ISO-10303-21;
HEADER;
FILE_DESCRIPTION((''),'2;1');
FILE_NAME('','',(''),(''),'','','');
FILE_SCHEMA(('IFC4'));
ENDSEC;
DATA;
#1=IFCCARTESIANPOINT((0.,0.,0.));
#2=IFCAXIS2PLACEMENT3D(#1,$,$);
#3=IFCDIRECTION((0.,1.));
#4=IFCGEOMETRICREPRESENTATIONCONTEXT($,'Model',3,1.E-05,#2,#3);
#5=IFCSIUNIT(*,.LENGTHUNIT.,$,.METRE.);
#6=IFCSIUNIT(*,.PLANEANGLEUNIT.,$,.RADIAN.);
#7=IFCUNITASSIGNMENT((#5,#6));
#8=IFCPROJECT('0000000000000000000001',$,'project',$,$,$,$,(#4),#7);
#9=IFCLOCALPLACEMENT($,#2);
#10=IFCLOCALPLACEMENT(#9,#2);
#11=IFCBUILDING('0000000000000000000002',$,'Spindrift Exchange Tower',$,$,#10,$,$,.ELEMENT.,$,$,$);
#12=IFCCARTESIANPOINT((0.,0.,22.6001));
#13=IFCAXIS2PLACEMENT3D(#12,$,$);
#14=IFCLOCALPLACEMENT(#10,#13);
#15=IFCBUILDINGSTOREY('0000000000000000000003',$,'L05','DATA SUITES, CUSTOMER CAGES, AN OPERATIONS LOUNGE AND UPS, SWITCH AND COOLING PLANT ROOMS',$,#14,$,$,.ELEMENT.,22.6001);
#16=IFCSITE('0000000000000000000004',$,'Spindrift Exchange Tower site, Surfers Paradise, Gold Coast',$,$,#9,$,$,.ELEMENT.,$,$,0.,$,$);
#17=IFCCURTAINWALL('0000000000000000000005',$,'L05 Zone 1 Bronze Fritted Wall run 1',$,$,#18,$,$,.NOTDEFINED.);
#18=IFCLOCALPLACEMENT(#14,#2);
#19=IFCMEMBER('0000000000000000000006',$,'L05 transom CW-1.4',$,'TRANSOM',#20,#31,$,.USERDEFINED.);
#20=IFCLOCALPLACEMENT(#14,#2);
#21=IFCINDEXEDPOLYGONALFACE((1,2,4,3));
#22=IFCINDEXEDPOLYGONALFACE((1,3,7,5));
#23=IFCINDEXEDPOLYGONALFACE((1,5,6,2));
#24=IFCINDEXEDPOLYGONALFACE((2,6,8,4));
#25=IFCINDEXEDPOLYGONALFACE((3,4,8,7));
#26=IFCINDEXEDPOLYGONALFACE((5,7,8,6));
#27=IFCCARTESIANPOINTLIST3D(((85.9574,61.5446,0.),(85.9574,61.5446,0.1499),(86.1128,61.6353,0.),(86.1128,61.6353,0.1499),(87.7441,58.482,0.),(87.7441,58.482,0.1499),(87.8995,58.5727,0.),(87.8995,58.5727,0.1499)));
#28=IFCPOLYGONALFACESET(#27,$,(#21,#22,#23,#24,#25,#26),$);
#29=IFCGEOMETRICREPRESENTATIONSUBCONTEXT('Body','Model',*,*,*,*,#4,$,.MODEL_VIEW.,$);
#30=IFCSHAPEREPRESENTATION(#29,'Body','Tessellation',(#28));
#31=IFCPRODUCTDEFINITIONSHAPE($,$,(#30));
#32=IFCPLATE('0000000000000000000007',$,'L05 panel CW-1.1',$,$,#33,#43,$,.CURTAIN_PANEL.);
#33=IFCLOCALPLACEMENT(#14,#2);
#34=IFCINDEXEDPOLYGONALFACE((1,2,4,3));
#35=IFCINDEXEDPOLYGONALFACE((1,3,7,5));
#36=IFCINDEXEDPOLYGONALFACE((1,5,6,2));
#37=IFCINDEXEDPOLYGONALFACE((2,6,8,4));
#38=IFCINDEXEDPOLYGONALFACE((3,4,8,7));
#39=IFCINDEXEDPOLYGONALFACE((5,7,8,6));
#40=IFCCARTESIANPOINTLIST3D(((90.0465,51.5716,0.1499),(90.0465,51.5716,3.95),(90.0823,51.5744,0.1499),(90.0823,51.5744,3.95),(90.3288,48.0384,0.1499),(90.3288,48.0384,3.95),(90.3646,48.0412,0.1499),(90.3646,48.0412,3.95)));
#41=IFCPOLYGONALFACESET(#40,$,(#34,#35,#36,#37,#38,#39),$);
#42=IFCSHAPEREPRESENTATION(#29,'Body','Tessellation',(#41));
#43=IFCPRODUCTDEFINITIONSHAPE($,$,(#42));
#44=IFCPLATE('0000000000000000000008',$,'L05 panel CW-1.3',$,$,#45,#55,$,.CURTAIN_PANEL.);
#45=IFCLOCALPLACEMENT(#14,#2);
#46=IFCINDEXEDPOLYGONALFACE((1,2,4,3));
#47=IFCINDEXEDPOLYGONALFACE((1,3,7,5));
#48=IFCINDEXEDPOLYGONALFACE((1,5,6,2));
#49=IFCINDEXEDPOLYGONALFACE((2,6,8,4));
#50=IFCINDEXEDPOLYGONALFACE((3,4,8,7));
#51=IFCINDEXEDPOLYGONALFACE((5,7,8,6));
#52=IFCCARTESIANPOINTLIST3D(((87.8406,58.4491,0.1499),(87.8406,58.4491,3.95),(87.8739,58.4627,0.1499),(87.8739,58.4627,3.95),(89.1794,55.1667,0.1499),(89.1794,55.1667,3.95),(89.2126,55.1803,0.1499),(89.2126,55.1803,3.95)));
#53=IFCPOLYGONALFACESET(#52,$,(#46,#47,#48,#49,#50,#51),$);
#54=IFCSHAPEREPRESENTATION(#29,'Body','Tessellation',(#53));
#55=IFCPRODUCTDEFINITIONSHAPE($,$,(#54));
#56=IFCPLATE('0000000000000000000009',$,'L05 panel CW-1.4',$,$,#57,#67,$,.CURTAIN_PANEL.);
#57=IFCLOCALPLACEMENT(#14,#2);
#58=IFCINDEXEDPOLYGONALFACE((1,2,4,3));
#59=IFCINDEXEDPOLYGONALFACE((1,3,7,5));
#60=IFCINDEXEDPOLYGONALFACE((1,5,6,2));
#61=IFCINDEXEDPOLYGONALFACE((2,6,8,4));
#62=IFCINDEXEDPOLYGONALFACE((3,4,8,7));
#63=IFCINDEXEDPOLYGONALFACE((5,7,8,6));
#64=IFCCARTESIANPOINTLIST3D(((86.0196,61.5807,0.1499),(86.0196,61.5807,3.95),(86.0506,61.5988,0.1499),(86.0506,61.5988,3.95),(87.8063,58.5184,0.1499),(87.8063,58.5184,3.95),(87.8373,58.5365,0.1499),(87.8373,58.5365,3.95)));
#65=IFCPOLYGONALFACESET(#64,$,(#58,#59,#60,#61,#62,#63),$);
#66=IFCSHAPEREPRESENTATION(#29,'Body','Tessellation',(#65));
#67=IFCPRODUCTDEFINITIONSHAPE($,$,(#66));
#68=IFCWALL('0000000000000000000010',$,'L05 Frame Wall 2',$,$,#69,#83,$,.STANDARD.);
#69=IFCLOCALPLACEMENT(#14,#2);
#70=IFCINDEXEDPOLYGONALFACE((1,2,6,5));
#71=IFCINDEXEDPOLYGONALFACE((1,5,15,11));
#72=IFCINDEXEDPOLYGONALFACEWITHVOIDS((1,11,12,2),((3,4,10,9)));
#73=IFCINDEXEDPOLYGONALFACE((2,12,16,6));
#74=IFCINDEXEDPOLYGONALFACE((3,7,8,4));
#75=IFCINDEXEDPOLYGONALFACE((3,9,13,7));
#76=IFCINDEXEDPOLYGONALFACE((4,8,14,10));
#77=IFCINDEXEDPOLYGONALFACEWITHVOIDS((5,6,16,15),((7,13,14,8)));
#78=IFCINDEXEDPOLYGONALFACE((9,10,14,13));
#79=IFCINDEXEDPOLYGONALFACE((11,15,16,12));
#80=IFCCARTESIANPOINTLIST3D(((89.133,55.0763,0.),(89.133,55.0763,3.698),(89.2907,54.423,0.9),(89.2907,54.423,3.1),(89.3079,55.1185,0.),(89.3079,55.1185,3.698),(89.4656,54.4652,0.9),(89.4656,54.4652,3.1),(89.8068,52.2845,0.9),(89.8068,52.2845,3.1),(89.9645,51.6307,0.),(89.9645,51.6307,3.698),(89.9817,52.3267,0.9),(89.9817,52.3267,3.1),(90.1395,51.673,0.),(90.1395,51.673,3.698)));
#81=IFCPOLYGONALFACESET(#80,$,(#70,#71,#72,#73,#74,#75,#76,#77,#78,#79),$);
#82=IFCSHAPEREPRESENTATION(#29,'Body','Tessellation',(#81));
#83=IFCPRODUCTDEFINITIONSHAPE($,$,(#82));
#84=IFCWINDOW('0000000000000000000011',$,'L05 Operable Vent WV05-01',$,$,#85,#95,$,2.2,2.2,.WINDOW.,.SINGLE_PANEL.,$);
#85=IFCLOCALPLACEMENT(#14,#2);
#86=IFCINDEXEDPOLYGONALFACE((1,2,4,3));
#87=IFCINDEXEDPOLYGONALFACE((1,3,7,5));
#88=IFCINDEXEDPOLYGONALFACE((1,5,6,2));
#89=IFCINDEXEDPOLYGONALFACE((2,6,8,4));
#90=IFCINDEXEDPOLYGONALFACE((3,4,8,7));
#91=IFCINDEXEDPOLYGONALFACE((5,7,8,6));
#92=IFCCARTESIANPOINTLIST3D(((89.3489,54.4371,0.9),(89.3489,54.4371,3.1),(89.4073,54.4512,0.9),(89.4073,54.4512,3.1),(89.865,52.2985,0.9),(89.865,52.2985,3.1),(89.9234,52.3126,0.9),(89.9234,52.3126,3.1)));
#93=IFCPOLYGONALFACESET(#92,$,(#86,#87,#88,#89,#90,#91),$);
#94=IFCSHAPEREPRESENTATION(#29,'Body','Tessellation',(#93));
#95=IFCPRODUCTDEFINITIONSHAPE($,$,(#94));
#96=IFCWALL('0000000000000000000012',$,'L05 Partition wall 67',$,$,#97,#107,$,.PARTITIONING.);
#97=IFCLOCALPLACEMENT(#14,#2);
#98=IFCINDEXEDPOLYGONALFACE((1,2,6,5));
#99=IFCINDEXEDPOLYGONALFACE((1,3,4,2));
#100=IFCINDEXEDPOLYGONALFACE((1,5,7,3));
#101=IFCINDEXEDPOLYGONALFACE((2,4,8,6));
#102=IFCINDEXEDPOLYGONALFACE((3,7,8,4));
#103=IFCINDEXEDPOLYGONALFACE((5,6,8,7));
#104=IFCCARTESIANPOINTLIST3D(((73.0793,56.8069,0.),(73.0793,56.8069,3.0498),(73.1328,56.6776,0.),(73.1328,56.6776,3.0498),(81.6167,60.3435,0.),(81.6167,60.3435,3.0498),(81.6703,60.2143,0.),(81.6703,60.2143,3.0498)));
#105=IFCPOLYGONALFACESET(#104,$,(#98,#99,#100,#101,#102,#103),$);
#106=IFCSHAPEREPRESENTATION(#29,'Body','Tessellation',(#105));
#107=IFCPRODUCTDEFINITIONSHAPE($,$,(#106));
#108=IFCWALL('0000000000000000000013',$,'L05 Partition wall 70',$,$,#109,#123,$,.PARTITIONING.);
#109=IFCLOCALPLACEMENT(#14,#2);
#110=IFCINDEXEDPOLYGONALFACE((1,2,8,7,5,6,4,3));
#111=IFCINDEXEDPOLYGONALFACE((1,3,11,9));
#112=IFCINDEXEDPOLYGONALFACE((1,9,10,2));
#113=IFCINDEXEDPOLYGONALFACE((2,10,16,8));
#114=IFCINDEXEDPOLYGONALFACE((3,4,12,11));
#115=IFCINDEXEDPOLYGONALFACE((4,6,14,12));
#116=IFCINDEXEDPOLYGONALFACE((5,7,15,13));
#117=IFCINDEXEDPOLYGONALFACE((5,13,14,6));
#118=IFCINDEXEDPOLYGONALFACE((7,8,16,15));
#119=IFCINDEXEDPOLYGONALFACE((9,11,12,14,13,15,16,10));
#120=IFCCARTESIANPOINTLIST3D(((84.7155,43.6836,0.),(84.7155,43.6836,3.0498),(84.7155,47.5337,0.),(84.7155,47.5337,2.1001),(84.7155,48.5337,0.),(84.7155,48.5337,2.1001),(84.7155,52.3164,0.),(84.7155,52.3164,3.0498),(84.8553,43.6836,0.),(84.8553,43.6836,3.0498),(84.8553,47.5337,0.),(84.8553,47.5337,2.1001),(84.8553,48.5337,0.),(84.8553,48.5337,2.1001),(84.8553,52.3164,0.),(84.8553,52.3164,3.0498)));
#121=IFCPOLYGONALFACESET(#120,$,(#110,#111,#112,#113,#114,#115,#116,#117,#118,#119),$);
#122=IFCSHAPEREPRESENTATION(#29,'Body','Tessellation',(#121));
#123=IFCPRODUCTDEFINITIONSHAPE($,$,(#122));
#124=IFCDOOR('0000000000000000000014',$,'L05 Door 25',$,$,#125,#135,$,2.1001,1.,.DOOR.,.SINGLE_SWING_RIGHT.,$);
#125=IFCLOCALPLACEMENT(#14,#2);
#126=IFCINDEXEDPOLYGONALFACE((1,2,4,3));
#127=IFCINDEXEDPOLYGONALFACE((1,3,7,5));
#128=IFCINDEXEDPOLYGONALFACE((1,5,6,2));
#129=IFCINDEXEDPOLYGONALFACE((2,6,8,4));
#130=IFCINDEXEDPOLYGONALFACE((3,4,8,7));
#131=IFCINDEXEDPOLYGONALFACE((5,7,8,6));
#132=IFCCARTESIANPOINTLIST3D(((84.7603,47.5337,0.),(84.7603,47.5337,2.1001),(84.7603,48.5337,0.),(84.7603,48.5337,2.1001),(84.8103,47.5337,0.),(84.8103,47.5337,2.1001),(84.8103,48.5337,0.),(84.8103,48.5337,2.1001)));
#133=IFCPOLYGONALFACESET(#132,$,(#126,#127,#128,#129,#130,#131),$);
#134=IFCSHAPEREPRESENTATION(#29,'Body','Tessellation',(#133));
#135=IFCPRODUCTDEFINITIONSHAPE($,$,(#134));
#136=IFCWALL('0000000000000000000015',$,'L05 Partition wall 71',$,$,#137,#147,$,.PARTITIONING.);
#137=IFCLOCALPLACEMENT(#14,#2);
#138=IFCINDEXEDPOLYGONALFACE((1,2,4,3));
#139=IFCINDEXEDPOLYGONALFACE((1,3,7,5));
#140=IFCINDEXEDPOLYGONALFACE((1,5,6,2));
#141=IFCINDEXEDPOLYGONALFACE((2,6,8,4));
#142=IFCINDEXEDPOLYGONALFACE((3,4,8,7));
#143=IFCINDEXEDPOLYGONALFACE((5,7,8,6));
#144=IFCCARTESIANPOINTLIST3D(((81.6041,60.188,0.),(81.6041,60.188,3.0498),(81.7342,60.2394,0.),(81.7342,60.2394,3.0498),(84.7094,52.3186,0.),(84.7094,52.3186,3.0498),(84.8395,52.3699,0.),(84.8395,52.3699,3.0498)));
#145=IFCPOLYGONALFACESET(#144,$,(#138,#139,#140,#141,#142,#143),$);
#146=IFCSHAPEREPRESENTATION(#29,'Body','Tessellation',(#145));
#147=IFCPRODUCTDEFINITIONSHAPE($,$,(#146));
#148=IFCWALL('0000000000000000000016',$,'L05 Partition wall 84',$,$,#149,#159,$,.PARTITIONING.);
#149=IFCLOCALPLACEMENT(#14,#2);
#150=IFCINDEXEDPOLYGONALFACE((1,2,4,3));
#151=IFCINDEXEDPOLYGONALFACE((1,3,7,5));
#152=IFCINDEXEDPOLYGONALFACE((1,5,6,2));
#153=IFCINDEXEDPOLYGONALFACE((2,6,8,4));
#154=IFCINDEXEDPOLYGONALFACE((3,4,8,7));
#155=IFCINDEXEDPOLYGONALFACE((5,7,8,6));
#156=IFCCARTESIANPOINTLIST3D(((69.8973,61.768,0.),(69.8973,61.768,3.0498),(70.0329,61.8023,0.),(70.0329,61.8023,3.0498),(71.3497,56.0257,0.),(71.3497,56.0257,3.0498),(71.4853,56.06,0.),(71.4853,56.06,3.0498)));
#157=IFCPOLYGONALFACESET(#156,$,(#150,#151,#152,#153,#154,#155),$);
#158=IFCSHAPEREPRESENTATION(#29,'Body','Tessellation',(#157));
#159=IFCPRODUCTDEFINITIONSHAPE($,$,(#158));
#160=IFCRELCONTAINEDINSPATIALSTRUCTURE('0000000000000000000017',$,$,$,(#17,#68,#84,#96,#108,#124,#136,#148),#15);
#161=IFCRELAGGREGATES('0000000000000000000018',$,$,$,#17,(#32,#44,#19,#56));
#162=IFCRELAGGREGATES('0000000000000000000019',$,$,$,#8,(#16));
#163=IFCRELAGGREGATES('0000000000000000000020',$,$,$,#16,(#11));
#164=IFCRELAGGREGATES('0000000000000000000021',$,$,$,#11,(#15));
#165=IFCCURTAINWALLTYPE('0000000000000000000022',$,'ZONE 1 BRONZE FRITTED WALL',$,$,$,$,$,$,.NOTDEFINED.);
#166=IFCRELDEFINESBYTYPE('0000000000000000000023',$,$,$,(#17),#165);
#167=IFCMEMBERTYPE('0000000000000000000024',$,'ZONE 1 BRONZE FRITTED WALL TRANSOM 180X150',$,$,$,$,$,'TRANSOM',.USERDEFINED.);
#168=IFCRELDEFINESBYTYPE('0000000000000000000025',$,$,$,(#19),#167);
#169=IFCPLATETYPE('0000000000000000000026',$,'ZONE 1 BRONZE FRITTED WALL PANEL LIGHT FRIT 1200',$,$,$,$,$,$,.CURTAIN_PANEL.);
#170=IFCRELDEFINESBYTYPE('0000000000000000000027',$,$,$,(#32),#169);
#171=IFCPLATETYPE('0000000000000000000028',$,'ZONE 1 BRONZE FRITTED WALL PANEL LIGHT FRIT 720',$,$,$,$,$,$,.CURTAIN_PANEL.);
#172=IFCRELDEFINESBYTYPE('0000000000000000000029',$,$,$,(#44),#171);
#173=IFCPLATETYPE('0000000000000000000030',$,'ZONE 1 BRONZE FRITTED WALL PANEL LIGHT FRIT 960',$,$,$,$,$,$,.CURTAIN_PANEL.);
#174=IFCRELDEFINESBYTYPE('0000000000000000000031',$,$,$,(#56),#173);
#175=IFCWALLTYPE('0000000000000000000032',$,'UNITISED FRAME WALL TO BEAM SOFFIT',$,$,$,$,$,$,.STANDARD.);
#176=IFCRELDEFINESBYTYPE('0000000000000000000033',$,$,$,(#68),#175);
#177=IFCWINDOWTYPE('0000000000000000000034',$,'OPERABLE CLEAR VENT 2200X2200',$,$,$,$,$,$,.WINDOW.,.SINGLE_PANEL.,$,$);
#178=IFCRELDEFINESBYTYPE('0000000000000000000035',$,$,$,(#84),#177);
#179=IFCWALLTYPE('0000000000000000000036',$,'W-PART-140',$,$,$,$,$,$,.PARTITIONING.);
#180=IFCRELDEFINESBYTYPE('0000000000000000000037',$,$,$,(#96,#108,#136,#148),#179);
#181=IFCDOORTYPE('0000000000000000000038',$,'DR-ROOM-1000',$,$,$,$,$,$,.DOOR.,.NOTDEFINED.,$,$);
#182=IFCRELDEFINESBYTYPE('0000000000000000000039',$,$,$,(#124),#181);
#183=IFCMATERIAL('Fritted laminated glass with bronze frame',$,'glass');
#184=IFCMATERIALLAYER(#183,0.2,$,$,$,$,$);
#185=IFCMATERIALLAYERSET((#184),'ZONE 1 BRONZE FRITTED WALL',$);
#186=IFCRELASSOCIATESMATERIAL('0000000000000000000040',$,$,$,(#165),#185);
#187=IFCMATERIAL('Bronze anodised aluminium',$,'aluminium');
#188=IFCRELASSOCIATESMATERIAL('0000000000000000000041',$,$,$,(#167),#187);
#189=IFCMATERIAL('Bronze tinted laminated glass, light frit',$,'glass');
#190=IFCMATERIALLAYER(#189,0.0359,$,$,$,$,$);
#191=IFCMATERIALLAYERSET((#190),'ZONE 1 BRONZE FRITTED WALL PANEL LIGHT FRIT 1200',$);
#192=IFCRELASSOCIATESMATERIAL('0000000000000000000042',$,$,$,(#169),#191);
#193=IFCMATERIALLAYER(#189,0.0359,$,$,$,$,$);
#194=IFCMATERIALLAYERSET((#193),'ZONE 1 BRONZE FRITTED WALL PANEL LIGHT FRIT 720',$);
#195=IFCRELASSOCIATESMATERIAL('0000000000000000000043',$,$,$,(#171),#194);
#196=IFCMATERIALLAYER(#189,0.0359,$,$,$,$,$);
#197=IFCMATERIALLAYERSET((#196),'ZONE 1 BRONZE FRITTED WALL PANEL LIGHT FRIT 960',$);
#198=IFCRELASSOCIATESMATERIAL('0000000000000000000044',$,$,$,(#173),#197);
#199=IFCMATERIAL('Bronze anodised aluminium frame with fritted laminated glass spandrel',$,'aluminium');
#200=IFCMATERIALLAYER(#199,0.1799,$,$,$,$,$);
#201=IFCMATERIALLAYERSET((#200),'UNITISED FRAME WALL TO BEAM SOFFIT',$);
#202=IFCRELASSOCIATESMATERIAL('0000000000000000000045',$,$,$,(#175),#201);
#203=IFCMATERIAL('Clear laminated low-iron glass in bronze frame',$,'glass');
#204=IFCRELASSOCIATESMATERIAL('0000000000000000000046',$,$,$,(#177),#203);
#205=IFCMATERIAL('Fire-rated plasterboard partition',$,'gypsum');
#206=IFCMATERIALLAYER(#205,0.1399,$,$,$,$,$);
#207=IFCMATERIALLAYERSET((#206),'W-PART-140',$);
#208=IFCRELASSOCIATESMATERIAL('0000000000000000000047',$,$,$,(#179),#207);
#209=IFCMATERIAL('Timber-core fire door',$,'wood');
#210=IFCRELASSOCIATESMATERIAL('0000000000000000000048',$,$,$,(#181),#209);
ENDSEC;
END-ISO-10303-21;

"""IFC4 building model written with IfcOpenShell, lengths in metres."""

from ifc_helpers import new_model, si_unit, direction, frame, frame_2d, origin, origin_2d, place, context, subcontext, project, spatial, rectangle, extrude, source, transform, mapped, material, layer, layer_set, material_profile, profile_set, type_object, element, fill, aggregate, save


model = new_model("IFC4")

# Units and contexts
model_context = context("Model", 3, precision=1e-05, world=origin(), true_north=direction((0.0, 1.0)))
body_context = subcontext(model_context, "Body", "Model", "MODEL_VIEW")
ifc_project = project(units=[si_unit("LENGTHUNIT", "METRE"), si_unit("PLANEANGLEUNIT", "RADIAN")], contexts=[model_context])

# Site, building, storey
site_placement = place(None, origin())
site = spatial("IfcSite", under=ifc_project, at=site_placement, Name="Spindrift Exchange Tower site, Surfers Paradise, Gold Coast", CompositionType="ELEMENT", RefElevation=0.0)
building_placement = place(site_placement, origin())
building = spatial("IfcBuilding", under=site, at=building_placement, Name="Spindrift Exchange Tower", CompositionType="ELEMENT")
storey_placement = place(building_placement, frame((0.0, 0.0, 22.6001)))
storey = spatial("IfcBuildingStorey", under=building, at=storey_placement, Name="L05", Description="DATA SUITES, CUSTOMER CAGES, AN OPERATIONS LOUNGE AND UPS, SWITCH AND COOLING PLANT ROOMS", CompositionType="ELEMENT", Elevation=22.6001)

# Curtain wall, member, plates
ifc_material_1 = material(Name="Fritted laminated glass with bronze frame", Category="glass")
ifc_layer_1 = layer(ifc_material_1, 0.2)
ifc_layer_set_1 = layer_set([ifc_layer_1], Name="ZONE 1 BRONZE FRITTED WALL")
curtain_wall_type = type_object("IfcCurtainWallType", Name="ZONE 1 BRONZE FRITTED WALL", PredefinedType="NOTDEFINED", material=ifc_layer_set_1)
curtain_wall_placement = place(storey_placement, origin())
curtain_wall = element("IfcCurtainWall", 1, at=curtain_wall_placement, inside=storey, type_object=curtain_wall_type, Name="L05 Zone 1 Bronze Fritted Wall run 1", PredefinedType="NOTDEFINED")
ifc_material_2 = material(Name="Bronze anodised aluminium", Category="aluminium")
ifc_material_profile_1 = material_profile(ifc_material_2, rectangle(XDim=0.1799, YDim=0.1499, at=origin_2d()), Name="ZONE 1 BRONZE FRITTED WALL TRANSOM 180X150")
ifc_profile_set_1 = profile_set([ifc_material_profile_1], Name="Bronze anodised aluminium")
member_type_1 = type_object("IfcMemberType", Name="ZONE 1 BRONZE FRITTED WALL TRANSOM 180X150", ElementType="TRANSOM", PredefinedType="USERDEFINED", material=ifc_profile_set_1)
shared_shape_1 = source(origin(), body_context, "Body", "SweptSolid", [
    extrude(rectangle(XDim=0.1799, YDim=0.1499, at=origin_2d()), origin(), (0.0, 0.0, 1.0), 3.5457),
])
member_1_placement = place(storey_placement, frame((87.8218, 58.5273, 0.075), z_axis=(-0.503905, 0.863759, 0.0), x_axis=(-0.863759, -0.503905, 0.0)))
member_1 = element("IfcMember", 2, at=member_1_placement, type_object=member_type_1, Name="L05 transom CW-1.4", ObjectType="TRANSOM", PredefinedType="USERDEFINED", context=body_context, shape_type="MappedRepresentation", body=[
    mapped(shared_shape_1, transform((0.0, 0.0, 0.0), scale=1.0)),
])
ifc_material_3 = material(Name="Bronze tinted laminated glass, light frit", Category="glass")
ifc_layer_2 = layer(ifc_material_3, 0.0359)
ifc_layer_set_2 = layer_set([ifc_layer_2], Name="ZONE 1 BRONZE FRITTED WALL PANEL LIGHT FRIT 1200")
plate_type_1 = type_object("IfcPlateType", Name="ZONE 1 BRONZE FRITTED WALL PANEL LIGHT FRIT 1200", PredefinedType="CURTAIN_PANEL", material=ifc_layer_set_2)
shared_shape_2 = source(origin(), body_context, "Body", "SweptSolid", [
    extrude(rectangle(XDim=3.5444, YDim=0.0359, at=origin_2d()), origin(), (0.0, 0.0, 1.0), 3.8),
])
plate_1_placement = place(storey_placement, frame((90.2056, 49.8064, 0.1499), z_axis=(0.0, 0.0, 1.0), x_axis=(-0.079654, 0.996823, 0.0)))
plate_1 = element("IfcPlate", 3, at=plate_1_placement, type_object=plate_type_1, Name="L05 panel CW-1.1", PredefinedType="CURTAIN_PANEL", context=body_context, shape_type="MappedRepresentation", body=[
    mapped(shared_shape_2, transform((0.0, 0.0, 0.0), scale=1.0)),
])
ifc_layer_3 = layer(ifc_material_3, 0.0359)
ifc_layer_set_3 = layer_set([ifc_layer_3], Name="ZONE 1 BRONZE FRITTED WALL PANEL LIGHT FRIT 720")
plate_type_2 = type_object("IfcPlateType", Name="ZONE 1 BRONZE FRITTED WALL PANEL LIGHT FRIT 720", PredefinedType="CURTAIN_PANEL", material=ifc_layer_set_3)
shared_shape_3 = source(origin(), body_context, "Body", "SweptSolid", [
    extrude(rectangle(XDim=3.5449, YDim=0.0359, at=origin_2d()), origin(), (0.0, 0.0, 1.0), 3.8),
])
plate_2_placement = place(storey_placement, frame((88.5266, 56.8147, 0.1499), z_axis=(0.0, 0.0, 1.0), x_axis=(-0.37765, 0.925948, 0.0)))
plate_2 = element("IfcPlate", 4, at=plate_2_placement, type_object=plate_type_2, Name="L05 panel CW-1.3", PredefinedType="CURTAIN_PANEL", context=body_context, shape_type="MappedRepresentation", body=[
    mapped(shared_shape_3, transform((0.0, 0.0, 0.0), scale=1.0)),
])
ifc_layer_4 = layer(ifc_material_3, 0.0359)
ifc_layer_set_4 = layer_set([ifc_layer_4], Name="ZONE 1 BRONZE FRITTED WALL PANEL LIGHT FRIT 960")
plate_type_3 = type_object("IfcPlateType", Name="ZONE 1 BRONZE FRITTED WALL PANEL LIGHT FRIT 960", PredefinedType="CURTAIN_PANEL", material=ifc_layer_set_4)
shared_shape_4 = source(origin(), body_context, "Body", "SweptSolid", [
    extrude(rectangle(XDim=3.5454, YDim=0.0359, at=origin_2d()), origin(), (0.0, 0.0, 1.0), 3.8),
])
plate_3_placement = place(storey_placement, frame((86.9285, 60.0586, 0.1499), z_axis=(0.0, 0.0, 1.0), x_axis=(-0.503943, 0.863737, 0.0)))
plate_3 = element("IfcPlate", 5, at=plate_3_placement, type_object=plate_type_3, Name="L05 panel CW-1.4", PredefinedType="CURTAIN_PANEL", context=body_context, shape_type="MappedRepresentation", body=[
    mapped(shared_shape_4, transform((0.0, 0.0, 0.0), scale=1.0)),
])
aggregate(curtain_wall, [plate_1, plate_2, member_1, plate_3])

# Wall, opening, window
ifc_material_4 = material(Name="Bronze anodised aluminium frame with fritted laminated glass spandrel", Category="aluminium")
ifc_layer_5 = layer(ifc_material_4, 0.1799)
ifc_layer_set_5 = layer_set([ifc_layer_5], Name="UNITISED FRAME WALL TO BEAM SOFFIT")
wall_type_1 = type_object("IfcWallType", Name="UNITISED FRAME WALL TO BEAM SOFFIT", PredefinedType="STANDARD", material=ifc_layer_set_5)
wall_1_placement = place(storey_placement, frame((90.052, 51.6519, 0.0), z_axis=(0.0, 0.0, 1.0), x_axis=(-0.234602, 0.972091, 0.0)))
wall_1 = element("IfcWall", 6, at=wall_1_placement, inside=storey, type_object=wall_type_1, Name="L05 Frame Wall 2", PredefinedType="STANDARD", context=body_context, shape_type="SweptSolid", body=[
    extrude(rectangle(XDim=3.5444, YDim=0.1799, at=frame_2d((1.7722, 0.0))), origin(), (0.0, 0.0, 1.0), 3.698),
])
opening_1_placement = place(wall_1_placement, frame((0.6724, 0.0, 0.8999)))
opening_1 = element("IfcOpeningElement", 7, at=opening_1_placement, cuts=wall_1, PredefinedType="OPENING", context=body_context, shape_type="SweptSolid", body=[
    extrude(rectangle(XDim=2.2, YDim=2.2, at=frame_2d((1.1001, 1.1001))), frame((0.0, 0.0999, 0.0), z_axis=(0.0, -1.0, 0.0), x_axis=(1.0, 0.0, 0.0)), (0.0, 0.0, 1.0), 0.2),
])
ifc_material_5 = material(Name="Clear laminated low-iron glass in bronze frame", Category="glass")
window_type = type_object("IfcWindowType", Name="OPERABLE CLEAR VENT 2200X2200", PartitioningType="SINGLE_PANEL", PredefinedType="WINDOW", material=ifc_material_5)
shared_shape_5 = source(origin(), body_context, "Body", "SweptSolid", [
    extrude(rectangle(XDim=2.2, YDim=2.2, at=frame_2d((1.1001, 1.1001))), frame((0.0, 0.03, 0.0), z_axis=(0.0, -1.0, 0.0), x_axis=(1.0, 0.0, 0.0)), (0.0, 0.0, 1.0), 0.0601),
])
window_placement = place(opening_1_placement, origin())
window = element("IfcWindow", 8, at=window_placement, inside=storey, type_object=window_type, Name="L05 Operable Vent WV05-01", OverallHeight=2.2, OverallWidth=2.2, PartitioningType="SINGLE_PANEL", PredefinedType="WINDOW", context=body_context, shape_type="MappedRepresentation", body=[
    mapped(shared_shape_5, transform((0.0, 0.0, 0.0), scale=1.0)),
])
fill(opening_1, window)

# Wall
ifc_material_6 = material(Name="Fire-rated plasterboard partition", Category="gypsum")
ifc_layer_6 = layer(ifc_material_6, 0.1399)
ifc_layer_set_6 = layer_set([ifc_layer_6], Name="W-PART-140")
wall_type_2 = type_object("IfcWallType", Name="W-PART-140", PredefinedType="PARTITIONING", material=ifc_layer_set_6)
wall_2_placement = place(storey_placement, frame((73.106, 56.7422, 0.0), z_axis=(0.0, 0.0, 1.0), x_axis=(0.923867, 0.382714, 0.0)))
element("IfcWall", 9, at=wall_2_placement, inside=storey, type_object=wall_type_2, Name="L05 Partition wall 67", PredefinedType="PARTITIONING", context=body_context, shape_type="SweptSolid", body=[
    extrude(rectangle(XDim=9.241, YDim=0.1399, at=frame_2d((4.6206, 0.0))), origin(), (0.0, 0.0, 1.0), 3.0498),
])

# Wall, opening, door
wall_3_placement = place(storey_placement, frame((84.7854, 52.3164, 0.0), z_axis=(0.0, 0.0, 1.0), x_axis=(0.0, -1.0, 0.0)))
wall_3 = element("IfcWall", 10, at=wall_3_placement, inside=storey, type_object=wall_type_2, Name="L05 Partition wall 70", PredefinedType="PARTITIONING", context=body_context, shape_type="SweptSolid", body=[
    extrude(rectangle(XDim=8.6328, YDim=0.1399, at=frame_2d((4.3164, 0.0))), origin(), (0.0, 0.0, 1.0), 3.0498),
])
opening_2_placement = place(wall_3_placement, frame((3.7827, 0.0, 0.0)))
opening_2 = element("IfcOpeningElement", 11, at=opening_2_placement, cuts=wall_3, PredefinedType="OPENING", context=body_context, shape_type="SweptSolid", body=[
    extrude(rectangle(XDim=1.0, YDim=2.1001, at=frame_2d((0.5, 1.05))), frame((0.0, 0.0798, 0.0), z_axis=(0.0, -1.0, 0.0), x_axis=(1.0, 0.0, 0.0)), (0.0, 0.0, 1.0), 0.1599),
])
ifc_material_7 = material(Name="Timber-core fire door", Category="wood")
door_type = type_object("IfcDoorType", Name="DR-ROOM-1000", OperationType="NOTDEFINED", PredefinedType="DOOR", material=ifc_material_7)
shared_shape_6 = source(origin(), body_context, "Body", "SweptSolid", [
    extrude(rectangle(XDim=1.0, YDim=2.1001, at=frame_2d((0.5, 1.05))), frame((0.0, 0.0249, 0.0), z_axis=(0.0, -1.0, 0.0), x_axis=(1.0, 0.0, 0.0)), (0.0, 0.0, 1.0), 0.05),
])
door_placement = place(opening_2_placement, origin())
door = element("IfcDoor", 12, at=door_placement, inside=storey, type_object=door_type, Name="L05 Door 25", OperationType="SINGLE_SWING_RIGHT", OverallHeight=2.1001, OverallWidth=1.0, PredefinedType="DOOR", context=body_context, shape_type="MappedRepresentation", body=[
    mapped(shared_shape_6, transform((0.0, 0.0, 0.0), scale=1.0)),
])
fill(opening_2, door)

# Walls
wall_4_placement = place(storey_placement, frame((84.7744, 52.3442, 0.0), z_axis=(0.0, 0.0, 1.0), x_axis=(-0.367053, 0.9302, 0.0)))
element("IfcWall", 13, at=wall_4_placement, inside=storey, type_object=wall_type_2, Name="L05 Partition wall 71", PredefinedType="PARTITIONING", context=body_context, shape_type="SweptSolid", body=[
    extrude(rectangle(XDim=8.46, YDim=0.1399, at=frame_2d((4.23, 0.0))), origin(), (0.0, 0.0, 1.0), 3.0498),
])
wall_5_placement = place(storey_placement, frame((71.4175, 56.043, 0.0), z_axis=(0.0, 0.0, 1.0), x_axis=(-0.245212, 0.96947, 0.0)))
element("IfcWall", 14, at=wall_5_placement, inside=storey, type_object=wall_type_2, Name="L05 Partition wall 84", PredefinedType="PARTITIONING", context=body_context, shape_type="SweptSolid", body=[
    extrude(rectangle(XDim=5.9231, YDim=0.1399, at=frame_2d((2.9614, 0.0))), origin(), (0.0, 0.0, 1.0), 3.0498),
])

save(model, "model.ifc")
